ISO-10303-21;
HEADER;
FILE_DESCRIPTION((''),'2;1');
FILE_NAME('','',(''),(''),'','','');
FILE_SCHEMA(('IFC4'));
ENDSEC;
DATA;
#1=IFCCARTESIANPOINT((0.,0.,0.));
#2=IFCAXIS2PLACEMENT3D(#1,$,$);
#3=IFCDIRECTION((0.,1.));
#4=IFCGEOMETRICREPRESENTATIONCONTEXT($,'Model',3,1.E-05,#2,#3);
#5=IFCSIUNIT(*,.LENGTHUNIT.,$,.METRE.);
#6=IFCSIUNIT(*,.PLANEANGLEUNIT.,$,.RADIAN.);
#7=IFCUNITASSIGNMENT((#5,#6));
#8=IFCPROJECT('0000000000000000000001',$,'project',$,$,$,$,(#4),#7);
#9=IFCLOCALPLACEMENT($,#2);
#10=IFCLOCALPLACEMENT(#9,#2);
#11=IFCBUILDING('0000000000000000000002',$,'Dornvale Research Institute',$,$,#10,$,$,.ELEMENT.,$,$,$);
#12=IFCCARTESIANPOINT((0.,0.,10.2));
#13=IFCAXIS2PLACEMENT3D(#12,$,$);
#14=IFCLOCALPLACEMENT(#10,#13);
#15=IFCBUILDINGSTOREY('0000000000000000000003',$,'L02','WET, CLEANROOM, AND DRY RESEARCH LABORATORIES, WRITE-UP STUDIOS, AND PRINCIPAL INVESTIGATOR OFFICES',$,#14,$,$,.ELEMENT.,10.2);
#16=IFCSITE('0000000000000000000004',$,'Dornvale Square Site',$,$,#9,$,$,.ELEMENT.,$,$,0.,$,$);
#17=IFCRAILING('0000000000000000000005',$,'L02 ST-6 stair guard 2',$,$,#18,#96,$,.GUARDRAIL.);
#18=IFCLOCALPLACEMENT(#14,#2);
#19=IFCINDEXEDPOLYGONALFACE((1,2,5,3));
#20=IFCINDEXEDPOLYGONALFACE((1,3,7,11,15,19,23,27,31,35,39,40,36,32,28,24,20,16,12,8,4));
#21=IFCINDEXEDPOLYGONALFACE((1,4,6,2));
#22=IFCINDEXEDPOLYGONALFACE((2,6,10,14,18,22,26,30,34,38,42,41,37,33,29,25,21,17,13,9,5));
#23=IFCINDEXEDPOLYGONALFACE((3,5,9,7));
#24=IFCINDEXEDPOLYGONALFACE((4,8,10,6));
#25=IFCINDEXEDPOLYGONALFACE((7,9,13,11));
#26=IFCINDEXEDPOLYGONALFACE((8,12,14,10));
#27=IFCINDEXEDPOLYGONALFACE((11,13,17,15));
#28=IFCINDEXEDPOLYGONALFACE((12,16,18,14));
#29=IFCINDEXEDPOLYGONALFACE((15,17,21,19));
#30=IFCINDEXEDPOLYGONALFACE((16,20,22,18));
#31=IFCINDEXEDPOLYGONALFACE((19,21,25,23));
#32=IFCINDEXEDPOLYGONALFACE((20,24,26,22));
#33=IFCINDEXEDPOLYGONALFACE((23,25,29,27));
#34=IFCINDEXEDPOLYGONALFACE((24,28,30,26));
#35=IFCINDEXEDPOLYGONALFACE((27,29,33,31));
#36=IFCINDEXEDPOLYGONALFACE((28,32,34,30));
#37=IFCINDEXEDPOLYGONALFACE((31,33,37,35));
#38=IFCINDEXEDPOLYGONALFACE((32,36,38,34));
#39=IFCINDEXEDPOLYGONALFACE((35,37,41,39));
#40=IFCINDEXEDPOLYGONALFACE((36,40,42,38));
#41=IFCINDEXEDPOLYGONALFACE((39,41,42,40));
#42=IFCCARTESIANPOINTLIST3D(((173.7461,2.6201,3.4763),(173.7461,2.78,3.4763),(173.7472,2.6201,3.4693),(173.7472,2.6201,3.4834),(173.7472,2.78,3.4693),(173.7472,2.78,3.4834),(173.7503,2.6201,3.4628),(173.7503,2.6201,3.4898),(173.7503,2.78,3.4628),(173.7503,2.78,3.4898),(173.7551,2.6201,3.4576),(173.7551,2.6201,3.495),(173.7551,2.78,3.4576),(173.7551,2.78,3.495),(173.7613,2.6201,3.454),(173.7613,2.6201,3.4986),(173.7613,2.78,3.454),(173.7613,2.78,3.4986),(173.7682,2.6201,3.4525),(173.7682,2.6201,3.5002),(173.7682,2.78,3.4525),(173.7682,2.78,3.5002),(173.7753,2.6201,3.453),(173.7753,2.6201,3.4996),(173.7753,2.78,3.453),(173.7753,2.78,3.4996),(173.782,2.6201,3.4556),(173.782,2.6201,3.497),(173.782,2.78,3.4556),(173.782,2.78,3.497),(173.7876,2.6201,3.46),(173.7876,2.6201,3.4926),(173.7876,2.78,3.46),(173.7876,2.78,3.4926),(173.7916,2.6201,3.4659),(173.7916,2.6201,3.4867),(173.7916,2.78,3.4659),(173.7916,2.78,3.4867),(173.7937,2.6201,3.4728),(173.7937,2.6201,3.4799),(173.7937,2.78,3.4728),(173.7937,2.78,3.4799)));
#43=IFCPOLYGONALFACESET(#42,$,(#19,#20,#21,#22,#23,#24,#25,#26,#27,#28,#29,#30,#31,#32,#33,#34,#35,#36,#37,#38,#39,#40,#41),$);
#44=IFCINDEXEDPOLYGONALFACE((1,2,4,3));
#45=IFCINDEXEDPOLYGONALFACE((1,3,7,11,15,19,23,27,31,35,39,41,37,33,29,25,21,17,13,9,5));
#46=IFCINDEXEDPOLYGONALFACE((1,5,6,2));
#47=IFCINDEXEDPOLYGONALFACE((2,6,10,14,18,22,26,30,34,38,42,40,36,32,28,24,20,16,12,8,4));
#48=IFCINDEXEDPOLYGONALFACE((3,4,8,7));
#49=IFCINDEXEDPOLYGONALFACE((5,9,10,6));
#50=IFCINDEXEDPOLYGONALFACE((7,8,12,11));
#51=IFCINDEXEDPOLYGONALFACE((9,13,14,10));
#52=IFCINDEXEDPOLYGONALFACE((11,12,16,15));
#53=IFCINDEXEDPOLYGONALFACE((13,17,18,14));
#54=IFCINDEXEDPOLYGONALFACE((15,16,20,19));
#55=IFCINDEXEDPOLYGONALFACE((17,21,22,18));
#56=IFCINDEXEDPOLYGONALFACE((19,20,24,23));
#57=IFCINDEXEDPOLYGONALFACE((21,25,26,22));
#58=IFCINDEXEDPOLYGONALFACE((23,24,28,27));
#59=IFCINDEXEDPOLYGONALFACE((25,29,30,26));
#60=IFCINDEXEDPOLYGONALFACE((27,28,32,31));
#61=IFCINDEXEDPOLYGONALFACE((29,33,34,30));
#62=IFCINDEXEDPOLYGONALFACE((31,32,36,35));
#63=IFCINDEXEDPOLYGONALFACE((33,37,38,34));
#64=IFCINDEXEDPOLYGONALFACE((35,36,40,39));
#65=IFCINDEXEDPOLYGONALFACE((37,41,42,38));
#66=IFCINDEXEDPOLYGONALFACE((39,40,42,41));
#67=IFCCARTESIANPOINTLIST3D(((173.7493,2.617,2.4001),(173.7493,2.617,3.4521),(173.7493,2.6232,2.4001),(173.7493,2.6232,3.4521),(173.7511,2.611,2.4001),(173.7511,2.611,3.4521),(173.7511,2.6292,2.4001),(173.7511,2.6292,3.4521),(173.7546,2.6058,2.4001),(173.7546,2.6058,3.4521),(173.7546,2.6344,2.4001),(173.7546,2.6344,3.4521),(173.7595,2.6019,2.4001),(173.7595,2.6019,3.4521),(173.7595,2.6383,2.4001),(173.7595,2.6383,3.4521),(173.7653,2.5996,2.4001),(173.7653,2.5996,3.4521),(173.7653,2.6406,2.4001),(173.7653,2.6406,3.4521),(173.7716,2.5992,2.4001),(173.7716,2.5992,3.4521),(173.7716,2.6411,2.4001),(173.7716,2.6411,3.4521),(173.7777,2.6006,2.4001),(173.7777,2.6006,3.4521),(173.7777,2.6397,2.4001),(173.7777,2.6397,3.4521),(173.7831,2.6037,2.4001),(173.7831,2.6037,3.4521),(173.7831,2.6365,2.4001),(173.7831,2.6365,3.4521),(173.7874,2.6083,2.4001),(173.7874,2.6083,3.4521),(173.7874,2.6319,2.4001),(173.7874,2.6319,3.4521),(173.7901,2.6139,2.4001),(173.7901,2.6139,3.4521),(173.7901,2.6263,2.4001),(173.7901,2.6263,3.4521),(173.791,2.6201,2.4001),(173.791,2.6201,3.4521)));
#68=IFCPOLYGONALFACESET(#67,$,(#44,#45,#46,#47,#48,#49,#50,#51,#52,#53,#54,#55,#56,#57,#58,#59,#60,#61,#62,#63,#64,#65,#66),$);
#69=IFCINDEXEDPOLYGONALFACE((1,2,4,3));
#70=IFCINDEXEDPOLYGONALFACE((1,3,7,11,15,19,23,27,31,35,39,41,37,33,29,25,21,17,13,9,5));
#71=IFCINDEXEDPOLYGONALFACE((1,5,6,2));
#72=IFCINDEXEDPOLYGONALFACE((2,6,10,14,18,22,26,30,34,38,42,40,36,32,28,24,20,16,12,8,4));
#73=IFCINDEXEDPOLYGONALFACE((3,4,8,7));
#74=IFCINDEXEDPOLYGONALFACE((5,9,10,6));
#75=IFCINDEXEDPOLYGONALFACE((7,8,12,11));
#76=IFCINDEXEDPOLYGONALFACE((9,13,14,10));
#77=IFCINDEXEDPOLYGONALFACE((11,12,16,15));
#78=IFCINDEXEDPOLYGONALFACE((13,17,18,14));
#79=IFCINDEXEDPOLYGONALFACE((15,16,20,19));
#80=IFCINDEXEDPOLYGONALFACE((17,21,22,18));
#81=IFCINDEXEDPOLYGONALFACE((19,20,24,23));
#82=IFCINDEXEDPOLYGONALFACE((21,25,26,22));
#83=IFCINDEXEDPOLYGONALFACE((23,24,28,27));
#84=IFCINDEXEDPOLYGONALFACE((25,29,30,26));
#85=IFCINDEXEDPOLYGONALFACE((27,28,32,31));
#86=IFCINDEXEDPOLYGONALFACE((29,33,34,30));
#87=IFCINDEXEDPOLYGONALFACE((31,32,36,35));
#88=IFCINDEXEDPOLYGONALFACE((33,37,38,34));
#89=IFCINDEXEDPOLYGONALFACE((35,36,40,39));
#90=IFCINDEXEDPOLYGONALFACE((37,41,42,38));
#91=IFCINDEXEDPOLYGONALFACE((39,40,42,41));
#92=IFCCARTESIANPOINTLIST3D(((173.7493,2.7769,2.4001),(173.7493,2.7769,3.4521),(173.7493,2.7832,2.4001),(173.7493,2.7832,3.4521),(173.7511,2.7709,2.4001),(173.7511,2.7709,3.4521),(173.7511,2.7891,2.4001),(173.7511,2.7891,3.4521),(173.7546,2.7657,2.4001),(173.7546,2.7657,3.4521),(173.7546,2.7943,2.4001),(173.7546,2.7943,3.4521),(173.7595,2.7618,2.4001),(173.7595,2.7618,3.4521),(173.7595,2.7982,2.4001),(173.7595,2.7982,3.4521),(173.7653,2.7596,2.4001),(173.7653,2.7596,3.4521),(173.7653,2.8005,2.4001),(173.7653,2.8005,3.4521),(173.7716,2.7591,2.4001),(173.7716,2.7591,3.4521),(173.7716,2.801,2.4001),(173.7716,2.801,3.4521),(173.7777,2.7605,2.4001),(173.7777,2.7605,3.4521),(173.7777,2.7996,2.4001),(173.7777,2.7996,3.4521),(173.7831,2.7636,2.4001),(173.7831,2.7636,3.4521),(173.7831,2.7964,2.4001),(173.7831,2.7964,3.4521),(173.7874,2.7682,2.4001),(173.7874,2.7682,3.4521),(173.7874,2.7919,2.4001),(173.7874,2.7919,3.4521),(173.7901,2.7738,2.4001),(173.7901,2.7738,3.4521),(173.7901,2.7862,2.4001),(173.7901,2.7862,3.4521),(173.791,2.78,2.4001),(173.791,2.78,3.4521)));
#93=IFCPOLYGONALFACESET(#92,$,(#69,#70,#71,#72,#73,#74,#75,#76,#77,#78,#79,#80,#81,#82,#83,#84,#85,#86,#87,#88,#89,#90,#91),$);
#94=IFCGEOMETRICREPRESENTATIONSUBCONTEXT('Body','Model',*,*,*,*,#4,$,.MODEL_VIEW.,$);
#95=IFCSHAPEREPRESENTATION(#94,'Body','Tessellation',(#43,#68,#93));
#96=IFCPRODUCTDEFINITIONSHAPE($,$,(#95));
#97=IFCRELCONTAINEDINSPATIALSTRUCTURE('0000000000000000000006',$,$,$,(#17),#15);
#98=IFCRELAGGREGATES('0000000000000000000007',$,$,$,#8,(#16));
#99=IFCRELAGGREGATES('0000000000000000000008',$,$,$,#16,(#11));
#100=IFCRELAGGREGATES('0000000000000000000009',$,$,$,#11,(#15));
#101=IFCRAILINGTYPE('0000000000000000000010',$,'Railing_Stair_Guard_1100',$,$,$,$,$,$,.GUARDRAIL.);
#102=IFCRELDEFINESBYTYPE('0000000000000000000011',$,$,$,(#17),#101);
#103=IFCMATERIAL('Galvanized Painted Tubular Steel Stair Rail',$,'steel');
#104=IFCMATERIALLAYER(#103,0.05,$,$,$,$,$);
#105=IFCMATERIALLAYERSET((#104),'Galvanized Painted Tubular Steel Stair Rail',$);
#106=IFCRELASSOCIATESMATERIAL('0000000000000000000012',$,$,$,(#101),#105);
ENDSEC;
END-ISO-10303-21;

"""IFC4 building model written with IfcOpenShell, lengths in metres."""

from ifc_helpers import new_model, si_unit, direction, frame, origin, origin_2d, place, context, subcontext, project, spatial, circle, extrude, material, layer, layer_set, type_object, element, save


model = new_model("IFC4")

# Units and contexts
model_context = context("Model", 3, precision=1e-05, world=origin(), true_north=direction((0.0, 1.0)))
body_context = subcontext(model_context, "Body", "Model", "MODEL_VIEW")
ifc_project = project(units=[si_unit("LENGTHUNIT", "METRE"), si_unit("PLANEANGLEUNIT", "RADIAN")], contexts=[model_context])

# Site, building, storey
site_placement = place(None, origin())
site = spatial("IfcSite", under=ifc_project, at=site_placement, Name="Dornvale Square Site", CompositionType="ELEMENT", RefElevation=0.0)
building_placement = place(site_placement, origin())
building = spatial("IfcBuilding", under=site, at=building_placement, Name="Dornvale Research Institute", CompositionType="ELEMENT")
storey_placement = place(building_placement, frame((0.0, 0.0, 10.2)))
storey = spatial("IfcBuildingStorey", under=building, at=storey_placement, Name="L02", Description="WET, CLEANROOM, AND DRY RESEARCH LABORATORIES, WRITE-UP STUDIOS, AND PRINCIPAL INVESTIGATOR OFFICES", CompositionType="ELEMENT", Elevation=10.2)

# Railing
ifc_material_1 = material(Name="Galvanized Painted Tubular Steel Stair Rail", Category="steel")
ifc_layer_1 = layer(ifc_material_1, 0.05)
ifc_layer_set_1 = layer_set([ifc_layer_1], Name="Galvanized Painted Tubular Steel Stair Rail")
railing_type_1 = type_object("IfcRailingType", Name="Railing_Stair_Guard_1100", PredefinedType="GUARDRAIL", material=ifc_layer_set_1)
railing_1_placement = place(storey_placement, frame((173.77, 2.6201, 2.4001)))
element("IfcRailing", 1, at=railing_1_placement, inside=storey, type_object=railing_type_1, Name="L02 ST-6 stair guard 2", PredefinedType="GUARDRAIL", context=body_context, shape_type="SweptSolid", body=[
    extrude(circle(Radius=0.0239, at=origin_2d()), frame((0.0, 0.0, 1.0762), z_axis=(0.0, 1.0, 0.0), x_axis=(-1.0, 0.0, 0.0)), (0.0, 0.0, 1.0), 0.1599),
    extrude(circle(Radius=0.021, at=origin_2d()), origin(), (0.0, 0.0, 1.0), 1.052),
    extrude(circle(Radius=0.021, at=origin_2d()), frame((0.0, 0.1599, 0.0)), (0.0, 0.0, 1.0), 1.052),
])

save(model, "model.ifc")
